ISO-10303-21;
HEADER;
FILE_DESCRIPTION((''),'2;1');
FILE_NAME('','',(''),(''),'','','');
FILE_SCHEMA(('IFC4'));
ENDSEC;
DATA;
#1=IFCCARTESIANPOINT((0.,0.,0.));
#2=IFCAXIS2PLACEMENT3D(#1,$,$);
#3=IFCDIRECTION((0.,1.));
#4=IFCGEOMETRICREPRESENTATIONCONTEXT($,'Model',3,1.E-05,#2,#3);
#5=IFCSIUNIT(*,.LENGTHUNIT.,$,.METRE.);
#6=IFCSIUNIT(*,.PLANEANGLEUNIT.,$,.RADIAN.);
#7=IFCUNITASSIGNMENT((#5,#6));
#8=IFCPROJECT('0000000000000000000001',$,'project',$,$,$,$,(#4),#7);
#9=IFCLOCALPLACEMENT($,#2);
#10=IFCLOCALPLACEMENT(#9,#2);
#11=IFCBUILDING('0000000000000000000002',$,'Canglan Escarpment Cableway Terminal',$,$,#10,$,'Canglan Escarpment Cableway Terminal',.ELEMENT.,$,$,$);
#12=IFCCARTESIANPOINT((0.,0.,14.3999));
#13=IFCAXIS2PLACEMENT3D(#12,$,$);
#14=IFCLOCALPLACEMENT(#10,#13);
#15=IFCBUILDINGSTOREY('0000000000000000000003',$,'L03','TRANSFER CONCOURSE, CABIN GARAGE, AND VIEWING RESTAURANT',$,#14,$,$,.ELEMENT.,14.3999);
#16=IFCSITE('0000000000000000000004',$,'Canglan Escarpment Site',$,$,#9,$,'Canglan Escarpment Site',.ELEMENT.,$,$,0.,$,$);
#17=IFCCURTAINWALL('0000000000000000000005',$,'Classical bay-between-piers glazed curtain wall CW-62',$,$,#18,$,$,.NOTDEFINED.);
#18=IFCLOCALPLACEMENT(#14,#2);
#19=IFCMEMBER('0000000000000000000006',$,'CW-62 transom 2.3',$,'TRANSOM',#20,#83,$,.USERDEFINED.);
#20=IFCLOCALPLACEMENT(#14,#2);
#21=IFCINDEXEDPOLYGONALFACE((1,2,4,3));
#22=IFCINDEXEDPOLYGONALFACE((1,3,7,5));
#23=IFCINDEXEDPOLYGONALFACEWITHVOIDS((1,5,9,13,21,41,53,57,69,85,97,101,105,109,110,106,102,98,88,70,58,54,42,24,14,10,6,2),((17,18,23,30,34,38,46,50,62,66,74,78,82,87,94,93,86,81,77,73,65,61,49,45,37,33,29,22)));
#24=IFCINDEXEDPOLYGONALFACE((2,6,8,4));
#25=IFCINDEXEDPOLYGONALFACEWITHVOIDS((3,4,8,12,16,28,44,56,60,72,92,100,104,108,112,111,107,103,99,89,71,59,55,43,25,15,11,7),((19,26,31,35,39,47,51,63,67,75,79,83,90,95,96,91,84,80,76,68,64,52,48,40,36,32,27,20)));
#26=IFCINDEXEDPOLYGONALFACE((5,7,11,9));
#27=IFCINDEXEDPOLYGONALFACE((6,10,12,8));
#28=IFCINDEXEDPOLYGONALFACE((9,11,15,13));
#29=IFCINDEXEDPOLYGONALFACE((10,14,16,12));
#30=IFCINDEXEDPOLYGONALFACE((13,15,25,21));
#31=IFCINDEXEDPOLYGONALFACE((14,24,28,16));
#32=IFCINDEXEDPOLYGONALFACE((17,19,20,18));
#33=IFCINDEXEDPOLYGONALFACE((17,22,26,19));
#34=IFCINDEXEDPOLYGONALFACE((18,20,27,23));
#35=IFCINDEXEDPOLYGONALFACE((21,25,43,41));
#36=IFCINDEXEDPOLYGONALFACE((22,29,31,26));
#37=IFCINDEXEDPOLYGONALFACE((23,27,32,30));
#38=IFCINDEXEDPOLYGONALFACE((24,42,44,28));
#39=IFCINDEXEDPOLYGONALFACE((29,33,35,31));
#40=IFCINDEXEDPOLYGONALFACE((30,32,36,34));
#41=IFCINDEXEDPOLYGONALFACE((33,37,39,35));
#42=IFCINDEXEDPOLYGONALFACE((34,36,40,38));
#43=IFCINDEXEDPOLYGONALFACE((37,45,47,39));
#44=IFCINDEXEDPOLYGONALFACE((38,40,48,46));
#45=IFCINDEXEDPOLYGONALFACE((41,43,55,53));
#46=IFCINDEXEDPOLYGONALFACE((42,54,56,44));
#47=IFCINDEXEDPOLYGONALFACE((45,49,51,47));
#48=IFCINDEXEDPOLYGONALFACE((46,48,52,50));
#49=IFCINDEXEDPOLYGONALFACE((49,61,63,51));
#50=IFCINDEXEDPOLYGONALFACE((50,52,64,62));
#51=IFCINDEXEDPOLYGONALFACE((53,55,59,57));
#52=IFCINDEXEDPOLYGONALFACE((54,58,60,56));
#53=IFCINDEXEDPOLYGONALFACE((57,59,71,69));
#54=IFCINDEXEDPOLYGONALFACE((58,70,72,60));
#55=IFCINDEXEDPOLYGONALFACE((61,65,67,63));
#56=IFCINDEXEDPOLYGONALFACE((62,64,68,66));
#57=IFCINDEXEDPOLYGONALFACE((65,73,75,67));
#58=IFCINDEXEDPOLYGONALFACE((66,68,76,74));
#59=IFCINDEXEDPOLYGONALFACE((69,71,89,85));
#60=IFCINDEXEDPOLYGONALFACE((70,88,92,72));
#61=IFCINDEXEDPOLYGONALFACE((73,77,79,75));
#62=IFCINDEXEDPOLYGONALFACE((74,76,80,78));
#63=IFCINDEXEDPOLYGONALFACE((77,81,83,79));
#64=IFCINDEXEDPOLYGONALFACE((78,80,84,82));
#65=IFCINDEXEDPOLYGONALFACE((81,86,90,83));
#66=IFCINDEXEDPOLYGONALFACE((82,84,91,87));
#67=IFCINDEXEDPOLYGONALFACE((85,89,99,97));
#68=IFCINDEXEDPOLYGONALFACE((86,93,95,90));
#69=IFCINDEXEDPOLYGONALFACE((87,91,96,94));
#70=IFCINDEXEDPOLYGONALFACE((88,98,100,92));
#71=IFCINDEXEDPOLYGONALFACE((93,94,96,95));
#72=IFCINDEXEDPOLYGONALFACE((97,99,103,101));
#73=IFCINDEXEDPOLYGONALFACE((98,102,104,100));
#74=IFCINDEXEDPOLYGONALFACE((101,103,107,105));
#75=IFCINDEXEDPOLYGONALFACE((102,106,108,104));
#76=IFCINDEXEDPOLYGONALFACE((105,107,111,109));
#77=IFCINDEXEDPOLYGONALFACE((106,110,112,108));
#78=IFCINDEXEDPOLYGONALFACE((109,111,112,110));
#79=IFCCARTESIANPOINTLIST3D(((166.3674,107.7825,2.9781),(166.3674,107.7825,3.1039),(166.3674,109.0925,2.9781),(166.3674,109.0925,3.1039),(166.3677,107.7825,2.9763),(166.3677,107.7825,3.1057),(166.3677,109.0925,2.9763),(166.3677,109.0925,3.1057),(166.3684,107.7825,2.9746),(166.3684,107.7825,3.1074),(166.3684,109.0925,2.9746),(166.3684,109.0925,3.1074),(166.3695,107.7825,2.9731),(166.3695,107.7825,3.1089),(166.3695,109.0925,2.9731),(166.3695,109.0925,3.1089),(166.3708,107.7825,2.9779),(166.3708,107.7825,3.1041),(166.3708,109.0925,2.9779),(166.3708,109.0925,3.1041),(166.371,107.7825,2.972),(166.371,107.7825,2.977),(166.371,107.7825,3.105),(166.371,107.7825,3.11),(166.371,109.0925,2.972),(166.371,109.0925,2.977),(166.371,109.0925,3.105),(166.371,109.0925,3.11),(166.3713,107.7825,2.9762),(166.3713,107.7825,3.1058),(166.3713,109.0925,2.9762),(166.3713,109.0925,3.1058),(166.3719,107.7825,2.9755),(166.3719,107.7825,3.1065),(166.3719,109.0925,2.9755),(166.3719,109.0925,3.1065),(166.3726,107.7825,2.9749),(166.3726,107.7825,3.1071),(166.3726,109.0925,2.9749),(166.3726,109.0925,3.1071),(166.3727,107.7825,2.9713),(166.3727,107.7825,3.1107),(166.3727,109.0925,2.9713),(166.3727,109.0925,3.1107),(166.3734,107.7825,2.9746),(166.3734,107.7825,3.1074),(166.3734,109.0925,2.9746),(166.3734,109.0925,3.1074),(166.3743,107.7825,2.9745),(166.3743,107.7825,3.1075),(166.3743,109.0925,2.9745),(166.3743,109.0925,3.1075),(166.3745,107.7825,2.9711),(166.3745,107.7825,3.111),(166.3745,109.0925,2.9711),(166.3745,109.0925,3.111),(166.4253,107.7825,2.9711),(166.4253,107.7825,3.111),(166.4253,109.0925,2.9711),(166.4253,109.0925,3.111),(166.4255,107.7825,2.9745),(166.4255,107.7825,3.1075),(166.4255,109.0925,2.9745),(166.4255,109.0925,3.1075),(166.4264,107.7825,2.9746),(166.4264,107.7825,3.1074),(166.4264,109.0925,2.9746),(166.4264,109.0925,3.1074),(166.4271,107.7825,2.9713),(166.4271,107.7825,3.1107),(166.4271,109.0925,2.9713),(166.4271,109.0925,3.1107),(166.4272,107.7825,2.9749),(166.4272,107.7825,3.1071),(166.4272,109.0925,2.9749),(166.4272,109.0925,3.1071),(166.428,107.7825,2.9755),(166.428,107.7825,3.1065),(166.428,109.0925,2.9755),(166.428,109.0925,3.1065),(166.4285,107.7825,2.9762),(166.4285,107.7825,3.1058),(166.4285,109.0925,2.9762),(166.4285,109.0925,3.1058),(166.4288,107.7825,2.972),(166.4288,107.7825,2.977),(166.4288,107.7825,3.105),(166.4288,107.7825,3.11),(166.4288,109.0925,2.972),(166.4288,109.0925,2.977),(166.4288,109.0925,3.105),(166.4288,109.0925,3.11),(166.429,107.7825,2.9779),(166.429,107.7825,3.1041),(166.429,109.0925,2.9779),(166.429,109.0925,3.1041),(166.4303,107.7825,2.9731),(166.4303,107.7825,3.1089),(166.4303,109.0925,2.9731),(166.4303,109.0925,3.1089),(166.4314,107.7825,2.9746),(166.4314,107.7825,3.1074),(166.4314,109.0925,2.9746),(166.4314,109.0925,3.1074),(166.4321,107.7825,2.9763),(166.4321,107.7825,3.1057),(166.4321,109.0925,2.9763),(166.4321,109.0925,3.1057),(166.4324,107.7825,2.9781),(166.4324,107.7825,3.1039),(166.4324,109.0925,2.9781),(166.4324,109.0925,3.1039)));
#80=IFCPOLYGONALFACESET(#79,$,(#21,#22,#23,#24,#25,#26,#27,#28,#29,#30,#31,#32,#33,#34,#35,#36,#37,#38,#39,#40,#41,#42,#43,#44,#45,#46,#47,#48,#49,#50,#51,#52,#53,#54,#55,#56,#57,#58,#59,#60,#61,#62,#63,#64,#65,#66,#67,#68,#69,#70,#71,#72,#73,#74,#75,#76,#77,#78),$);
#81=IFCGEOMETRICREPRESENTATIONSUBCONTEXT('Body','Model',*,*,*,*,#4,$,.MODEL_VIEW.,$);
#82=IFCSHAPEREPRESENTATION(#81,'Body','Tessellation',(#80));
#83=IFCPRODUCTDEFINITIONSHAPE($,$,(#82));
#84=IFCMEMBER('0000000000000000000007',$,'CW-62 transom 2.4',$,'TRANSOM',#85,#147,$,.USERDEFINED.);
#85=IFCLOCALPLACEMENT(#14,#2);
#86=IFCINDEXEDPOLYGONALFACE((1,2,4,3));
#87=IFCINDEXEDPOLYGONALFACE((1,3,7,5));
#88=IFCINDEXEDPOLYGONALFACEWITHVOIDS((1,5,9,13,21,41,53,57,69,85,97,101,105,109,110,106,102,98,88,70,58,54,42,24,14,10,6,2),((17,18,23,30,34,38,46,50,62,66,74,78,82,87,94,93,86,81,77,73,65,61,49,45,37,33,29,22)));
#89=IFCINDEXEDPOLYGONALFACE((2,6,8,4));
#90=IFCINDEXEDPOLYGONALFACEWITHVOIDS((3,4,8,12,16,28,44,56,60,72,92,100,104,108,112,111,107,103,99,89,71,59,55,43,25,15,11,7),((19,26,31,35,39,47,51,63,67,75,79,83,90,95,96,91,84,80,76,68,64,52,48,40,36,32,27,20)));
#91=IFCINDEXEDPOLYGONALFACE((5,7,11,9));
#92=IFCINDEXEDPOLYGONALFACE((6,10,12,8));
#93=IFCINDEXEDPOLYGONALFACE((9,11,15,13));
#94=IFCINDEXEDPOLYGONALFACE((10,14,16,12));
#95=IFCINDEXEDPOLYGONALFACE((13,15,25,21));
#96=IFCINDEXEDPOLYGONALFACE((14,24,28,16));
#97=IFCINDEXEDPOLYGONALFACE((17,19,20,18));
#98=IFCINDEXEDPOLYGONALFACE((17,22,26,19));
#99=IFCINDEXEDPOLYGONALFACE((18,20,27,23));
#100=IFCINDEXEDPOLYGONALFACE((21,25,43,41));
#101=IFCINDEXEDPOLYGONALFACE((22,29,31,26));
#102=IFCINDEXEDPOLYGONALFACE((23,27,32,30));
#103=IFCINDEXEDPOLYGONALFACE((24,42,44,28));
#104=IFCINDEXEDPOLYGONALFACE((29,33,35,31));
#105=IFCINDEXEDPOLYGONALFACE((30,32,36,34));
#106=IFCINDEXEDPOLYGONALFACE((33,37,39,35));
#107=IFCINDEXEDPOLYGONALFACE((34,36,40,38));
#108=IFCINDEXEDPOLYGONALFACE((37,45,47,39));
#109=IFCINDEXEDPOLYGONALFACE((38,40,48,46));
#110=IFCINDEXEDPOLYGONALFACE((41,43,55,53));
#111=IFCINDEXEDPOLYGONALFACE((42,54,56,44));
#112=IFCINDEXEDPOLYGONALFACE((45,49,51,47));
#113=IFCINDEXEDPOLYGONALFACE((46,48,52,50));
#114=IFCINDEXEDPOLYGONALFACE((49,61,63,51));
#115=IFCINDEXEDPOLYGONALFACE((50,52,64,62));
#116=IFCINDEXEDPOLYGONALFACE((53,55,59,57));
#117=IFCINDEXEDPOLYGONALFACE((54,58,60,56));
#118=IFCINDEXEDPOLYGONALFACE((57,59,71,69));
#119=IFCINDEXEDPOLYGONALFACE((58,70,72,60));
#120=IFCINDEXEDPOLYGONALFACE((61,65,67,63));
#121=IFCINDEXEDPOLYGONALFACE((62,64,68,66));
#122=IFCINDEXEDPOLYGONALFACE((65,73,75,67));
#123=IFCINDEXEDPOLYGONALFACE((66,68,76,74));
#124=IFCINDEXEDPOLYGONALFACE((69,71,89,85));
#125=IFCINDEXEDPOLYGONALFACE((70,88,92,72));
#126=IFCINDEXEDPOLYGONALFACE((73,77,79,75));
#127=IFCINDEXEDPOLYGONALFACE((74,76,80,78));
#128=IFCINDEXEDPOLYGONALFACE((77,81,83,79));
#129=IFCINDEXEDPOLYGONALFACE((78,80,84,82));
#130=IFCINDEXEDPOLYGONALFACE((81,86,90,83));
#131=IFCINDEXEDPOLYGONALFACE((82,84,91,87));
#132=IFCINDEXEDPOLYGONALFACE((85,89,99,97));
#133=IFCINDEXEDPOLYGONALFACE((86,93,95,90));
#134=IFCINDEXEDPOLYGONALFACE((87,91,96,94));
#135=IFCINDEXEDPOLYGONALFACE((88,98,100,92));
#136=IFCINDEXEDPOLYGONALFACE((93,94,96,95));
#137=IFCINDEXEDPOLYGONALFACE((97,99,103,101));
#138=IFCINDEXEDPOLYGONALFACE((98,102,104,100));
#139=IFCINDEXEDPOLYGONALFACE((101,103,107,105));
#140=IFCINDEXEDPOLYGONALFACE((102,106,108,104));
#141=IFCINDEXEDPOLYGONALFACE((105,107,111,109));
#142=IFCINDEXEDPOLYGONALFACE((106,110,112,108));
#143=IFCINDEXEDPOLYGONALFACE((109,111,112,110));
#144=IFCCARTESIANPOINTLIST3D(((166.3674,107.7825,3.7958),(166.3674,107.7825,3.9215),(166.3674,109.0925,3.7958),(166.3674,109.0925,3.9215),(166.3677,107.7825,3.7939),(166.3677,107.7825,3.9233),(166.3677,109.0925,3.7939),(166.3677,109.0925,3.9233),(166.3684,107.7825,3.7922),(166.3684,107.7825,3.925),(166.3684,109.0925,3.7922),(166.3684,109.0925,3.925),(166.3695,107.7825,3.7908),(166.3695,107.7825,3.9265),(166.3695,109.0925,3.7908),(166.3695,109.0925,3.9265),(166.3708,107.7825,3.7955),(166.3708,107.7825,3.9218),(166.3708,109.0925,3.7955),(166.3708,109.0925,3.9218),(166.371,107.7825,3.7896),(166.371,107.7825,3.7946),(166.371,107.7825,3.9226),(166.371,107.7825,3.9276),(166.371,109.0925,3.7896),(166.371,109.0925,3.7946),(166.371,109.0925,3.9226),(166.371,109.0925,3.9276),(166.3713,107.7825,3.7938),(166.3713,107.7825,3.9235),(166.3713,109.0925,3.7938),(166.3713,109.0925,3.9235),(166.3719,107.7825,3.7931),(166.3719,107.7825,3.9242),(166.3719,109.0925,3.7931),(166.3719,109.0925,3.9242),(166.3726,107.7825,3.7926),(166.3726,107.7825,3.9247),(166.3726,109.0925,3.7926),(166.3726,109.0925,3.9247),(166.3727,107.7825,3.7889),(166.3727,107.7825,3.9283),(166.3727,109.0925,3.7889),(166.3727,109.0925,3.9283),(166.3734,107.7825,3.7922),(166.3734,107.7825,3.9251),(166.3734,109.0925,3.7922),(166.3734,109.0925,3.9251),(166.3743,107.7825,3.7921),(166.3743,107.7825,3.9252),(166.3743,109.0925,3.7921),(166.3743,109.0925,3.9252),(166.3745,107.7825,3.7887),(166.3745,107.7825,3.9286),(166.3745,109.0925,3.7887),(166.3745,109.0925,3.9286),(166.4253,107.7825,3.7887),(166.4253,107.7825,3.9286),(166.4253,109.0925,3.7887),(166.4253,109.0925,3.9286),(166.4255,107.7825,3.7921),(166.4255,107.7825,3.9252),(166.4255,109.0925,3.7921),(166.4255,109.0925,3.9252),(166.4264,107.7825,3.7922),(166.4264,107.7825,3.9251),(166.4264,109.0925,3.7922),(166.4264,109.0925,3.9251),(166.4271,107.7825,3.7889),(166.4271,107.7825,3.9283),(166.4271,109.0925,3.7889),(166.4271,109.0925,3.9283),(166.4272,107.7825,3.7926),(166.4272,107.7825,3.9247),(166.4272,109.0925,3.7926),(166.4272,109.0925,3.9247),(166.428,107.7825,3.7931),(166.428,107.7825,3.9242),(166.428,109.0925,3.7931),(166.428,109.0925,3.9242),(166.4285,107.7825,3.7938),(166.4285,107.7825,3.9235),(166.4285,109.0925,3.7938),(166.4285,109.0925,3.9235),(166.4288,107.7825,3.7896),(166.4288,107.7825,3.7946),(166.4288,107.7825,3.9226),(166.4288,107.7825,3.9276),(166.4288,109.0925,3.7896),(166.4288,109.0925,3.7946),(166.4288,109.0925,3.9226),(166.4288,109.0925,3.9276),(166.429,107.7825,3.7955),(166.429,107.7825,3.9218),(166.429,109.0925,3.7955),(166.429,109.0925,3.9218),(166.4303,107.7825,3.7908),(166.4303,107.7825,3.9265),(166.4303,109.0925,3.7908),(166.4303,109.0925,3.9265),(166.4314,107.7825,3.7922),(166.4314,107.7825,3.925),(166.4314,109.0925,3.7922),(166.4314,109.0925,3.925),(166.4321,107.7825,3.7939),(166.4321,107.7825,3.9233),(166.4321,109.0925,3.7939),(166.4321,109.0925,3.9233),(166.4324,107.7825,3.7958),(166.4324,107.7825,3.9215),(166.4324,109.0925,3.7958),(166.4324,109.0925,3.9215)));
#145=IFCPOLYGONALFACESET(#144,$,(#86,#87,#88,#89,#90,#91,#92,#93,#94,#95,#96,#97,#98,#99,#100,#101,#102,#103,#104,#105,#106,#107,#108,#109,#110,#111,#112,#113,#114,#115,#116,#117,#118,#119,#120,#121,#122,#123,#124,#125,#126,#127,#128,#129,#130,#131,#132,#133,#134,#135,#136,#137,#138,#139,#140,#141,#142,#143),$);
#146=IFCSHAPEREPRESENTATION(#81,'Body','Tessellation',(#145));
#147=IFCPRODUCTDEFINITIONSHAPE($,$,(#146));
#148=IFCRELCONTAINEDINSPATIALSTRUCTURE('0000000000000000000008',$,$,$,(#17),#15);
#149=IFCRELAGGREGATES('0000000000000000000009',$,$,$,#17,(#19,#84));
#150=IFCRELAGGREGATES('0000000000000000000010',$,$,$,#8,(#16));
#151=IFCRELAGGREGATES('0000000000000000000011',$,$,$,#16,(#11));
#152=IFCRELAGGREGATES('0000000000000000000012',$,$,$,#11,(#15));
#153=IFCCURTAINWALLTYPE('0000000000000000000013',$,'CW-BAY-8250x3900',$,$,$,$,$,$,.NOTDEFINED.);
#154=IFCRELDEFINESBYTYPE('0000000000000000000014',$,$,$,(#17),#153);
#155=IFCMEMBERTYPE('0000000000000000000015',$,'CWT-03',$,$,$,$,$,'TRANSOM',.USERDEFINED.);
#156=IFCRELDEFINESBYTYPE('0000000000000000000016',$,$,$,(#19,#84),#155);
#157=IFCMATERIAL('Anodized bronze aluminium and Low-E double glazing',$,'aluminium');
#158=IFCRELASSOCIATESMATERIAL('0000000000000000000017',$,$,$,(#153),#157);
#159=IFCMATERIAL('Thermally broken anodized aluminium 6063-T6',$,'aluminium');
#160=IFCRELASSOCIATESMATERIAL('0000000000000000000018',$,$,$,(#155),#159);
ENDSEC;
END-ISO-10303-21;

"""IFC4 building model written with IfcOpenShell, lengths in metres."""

from ifc_helpers import new_model, si_unit, direction, frame, origin, origin_2d, place, context, subcontext, project, spatial, hollow_rectangle, extrude, material, material_profile, profile_set, type_object, element, aggregate, save


model = new_model("IFC4")

# Units and contexts
model_context = context("Model", 3, precision=1e-05, world=origin(), true_north=direction((0.0, 1.0)))
body_context = subcontext(model_context, "Body", "Model", "MODEL_VIEW")
ifc_project = project(units=[si_unit("LENGTHUNIT", "METRE"), si_unit("PLANEANGLEUNIT", "RADIAN")], contexts=[model_context])

# Site, building, storey
site_placement = place(None, origin())
site = spatial("IfcSite", under=ifc_project, at=site_placement, Name="Canglan Escarpment Site", LongName="Canglan Escarpment Site", CompositionType="ELEMENT", RefElevation=0.0)
building_placement = place(site_placement, origin())
building = spatial("IfcBuilding", under=site, at=building_placement, Name="Canglan Escarpment Cableway Terminal", LongName="Canglan Escarpment Cableway Terminal", CompositionType="ELEMENT")
storey_placement = place(building_placement, frame((0.0, 0.0, 14.3999)))
storey = spatial("IfcBuildingStorey", under=building, at=storey_placement, Name="L03", Description="TRANSFER CONCOURSE, CABIN GARAGE, AND VIEWING RESTAURANT", CompositionType="ELEMENT", Elevation=14.3999)

# Curtain wall, members
ifc_material_1 = material(Name="Anodized bronze aluminium and Low-E double glazing", Category="aluminium")
curtain_wall_type = type_object("IfcCurtainWallType", Name="CW-BAY-8250x3900", PredefinedType="NOTDEFINED", material=ifc_material_1)
curtain_wall_placement = place(storey_placement, origin())
curtain_wall = element("IfcCurtainWall", 1, at=curtain_wall_placement, inside=storey, type_object=curtain_wall_type, Name="Classical bay-between-piers glazed curtain wall CW-62", PredefinedType="NOTDEFINED")
ifc_material_2 = material(Name="Thermally broken anodized aluminium 6063-T6", Category="aluminium")
ifc_material_profile_1 = material_profile(ifc_material_2, hollow_rectangle(XDim=0.0649, YDim=0.1399, WallThickness=0.0034, InnerFilletRadius=0.0034, OuterFilletRadius=0.0071, at=origin_2d()), Name="ALU-TRAN 65x140x3.5")
ifc_profile_set_1 = profile_set([ifc_material_profile_1], Name="Thermally broken anodized aluminium 6063-T6")
member_type_1 = type_object("IfcMemberType", Name="CWT-03", ElementType="TRANSOM", PredefinedType="USERDEFINED", material=ifc_profile_set_1)
member_1_placement = place(storey_placement, frame((166.3999, 107.7825, 3.041), z_axis=(0.0, 1.0, 0.0), x_axis=(-1.0, 0.0, 0.0)))
member_1 = element("IfcMember", 2, at=member_1_placement, type_object=member_type_1, Name="CW-62 transom 2.3", ObjectType="TRANSOM", PredefinedType="USERDEFINED", context=body_context, shape_type="SweptSolid", body=[
    extrude(hollow_rectangle(XDim=0.0649, YDim=0.1399, WallThickness=0.0034, InnerFilletRadius=0.0034, OuterFilletRadius=0.0071, at=origin_2d()), origin(), (0.0, 0.0, 1.0), 1.3101),
])
member_2_placement = place(storey_placement, frame((166.3999, 107.7825, 3.8586), z_axis=(0.0, 1.0, 0.0), x_axis=(-1.0, 0.0, 0.0)))
member_2 = element("IfcMember", 3, at=member_2_placement, type_object=member_type_1, Name="CW-62 transom 2.4", ObjectType="TRANSOM", PredefinedType="USERDEFINED", context=body_context, shape_type="SweptSolid", body=[
    extrude(hollow_rectangle(XDim=0.0649, YDim=0.1399, WallThickness=0.0034, InnerFilletRadius=0.0034, OuterFilletRadius=0.0071, at=origin_2d()), origin(), (0.0, 0.0, 1.0), 1.3101),
])
aggregate(curtain_wall, [member_1, member_2])

save(model, "model.ifc")
